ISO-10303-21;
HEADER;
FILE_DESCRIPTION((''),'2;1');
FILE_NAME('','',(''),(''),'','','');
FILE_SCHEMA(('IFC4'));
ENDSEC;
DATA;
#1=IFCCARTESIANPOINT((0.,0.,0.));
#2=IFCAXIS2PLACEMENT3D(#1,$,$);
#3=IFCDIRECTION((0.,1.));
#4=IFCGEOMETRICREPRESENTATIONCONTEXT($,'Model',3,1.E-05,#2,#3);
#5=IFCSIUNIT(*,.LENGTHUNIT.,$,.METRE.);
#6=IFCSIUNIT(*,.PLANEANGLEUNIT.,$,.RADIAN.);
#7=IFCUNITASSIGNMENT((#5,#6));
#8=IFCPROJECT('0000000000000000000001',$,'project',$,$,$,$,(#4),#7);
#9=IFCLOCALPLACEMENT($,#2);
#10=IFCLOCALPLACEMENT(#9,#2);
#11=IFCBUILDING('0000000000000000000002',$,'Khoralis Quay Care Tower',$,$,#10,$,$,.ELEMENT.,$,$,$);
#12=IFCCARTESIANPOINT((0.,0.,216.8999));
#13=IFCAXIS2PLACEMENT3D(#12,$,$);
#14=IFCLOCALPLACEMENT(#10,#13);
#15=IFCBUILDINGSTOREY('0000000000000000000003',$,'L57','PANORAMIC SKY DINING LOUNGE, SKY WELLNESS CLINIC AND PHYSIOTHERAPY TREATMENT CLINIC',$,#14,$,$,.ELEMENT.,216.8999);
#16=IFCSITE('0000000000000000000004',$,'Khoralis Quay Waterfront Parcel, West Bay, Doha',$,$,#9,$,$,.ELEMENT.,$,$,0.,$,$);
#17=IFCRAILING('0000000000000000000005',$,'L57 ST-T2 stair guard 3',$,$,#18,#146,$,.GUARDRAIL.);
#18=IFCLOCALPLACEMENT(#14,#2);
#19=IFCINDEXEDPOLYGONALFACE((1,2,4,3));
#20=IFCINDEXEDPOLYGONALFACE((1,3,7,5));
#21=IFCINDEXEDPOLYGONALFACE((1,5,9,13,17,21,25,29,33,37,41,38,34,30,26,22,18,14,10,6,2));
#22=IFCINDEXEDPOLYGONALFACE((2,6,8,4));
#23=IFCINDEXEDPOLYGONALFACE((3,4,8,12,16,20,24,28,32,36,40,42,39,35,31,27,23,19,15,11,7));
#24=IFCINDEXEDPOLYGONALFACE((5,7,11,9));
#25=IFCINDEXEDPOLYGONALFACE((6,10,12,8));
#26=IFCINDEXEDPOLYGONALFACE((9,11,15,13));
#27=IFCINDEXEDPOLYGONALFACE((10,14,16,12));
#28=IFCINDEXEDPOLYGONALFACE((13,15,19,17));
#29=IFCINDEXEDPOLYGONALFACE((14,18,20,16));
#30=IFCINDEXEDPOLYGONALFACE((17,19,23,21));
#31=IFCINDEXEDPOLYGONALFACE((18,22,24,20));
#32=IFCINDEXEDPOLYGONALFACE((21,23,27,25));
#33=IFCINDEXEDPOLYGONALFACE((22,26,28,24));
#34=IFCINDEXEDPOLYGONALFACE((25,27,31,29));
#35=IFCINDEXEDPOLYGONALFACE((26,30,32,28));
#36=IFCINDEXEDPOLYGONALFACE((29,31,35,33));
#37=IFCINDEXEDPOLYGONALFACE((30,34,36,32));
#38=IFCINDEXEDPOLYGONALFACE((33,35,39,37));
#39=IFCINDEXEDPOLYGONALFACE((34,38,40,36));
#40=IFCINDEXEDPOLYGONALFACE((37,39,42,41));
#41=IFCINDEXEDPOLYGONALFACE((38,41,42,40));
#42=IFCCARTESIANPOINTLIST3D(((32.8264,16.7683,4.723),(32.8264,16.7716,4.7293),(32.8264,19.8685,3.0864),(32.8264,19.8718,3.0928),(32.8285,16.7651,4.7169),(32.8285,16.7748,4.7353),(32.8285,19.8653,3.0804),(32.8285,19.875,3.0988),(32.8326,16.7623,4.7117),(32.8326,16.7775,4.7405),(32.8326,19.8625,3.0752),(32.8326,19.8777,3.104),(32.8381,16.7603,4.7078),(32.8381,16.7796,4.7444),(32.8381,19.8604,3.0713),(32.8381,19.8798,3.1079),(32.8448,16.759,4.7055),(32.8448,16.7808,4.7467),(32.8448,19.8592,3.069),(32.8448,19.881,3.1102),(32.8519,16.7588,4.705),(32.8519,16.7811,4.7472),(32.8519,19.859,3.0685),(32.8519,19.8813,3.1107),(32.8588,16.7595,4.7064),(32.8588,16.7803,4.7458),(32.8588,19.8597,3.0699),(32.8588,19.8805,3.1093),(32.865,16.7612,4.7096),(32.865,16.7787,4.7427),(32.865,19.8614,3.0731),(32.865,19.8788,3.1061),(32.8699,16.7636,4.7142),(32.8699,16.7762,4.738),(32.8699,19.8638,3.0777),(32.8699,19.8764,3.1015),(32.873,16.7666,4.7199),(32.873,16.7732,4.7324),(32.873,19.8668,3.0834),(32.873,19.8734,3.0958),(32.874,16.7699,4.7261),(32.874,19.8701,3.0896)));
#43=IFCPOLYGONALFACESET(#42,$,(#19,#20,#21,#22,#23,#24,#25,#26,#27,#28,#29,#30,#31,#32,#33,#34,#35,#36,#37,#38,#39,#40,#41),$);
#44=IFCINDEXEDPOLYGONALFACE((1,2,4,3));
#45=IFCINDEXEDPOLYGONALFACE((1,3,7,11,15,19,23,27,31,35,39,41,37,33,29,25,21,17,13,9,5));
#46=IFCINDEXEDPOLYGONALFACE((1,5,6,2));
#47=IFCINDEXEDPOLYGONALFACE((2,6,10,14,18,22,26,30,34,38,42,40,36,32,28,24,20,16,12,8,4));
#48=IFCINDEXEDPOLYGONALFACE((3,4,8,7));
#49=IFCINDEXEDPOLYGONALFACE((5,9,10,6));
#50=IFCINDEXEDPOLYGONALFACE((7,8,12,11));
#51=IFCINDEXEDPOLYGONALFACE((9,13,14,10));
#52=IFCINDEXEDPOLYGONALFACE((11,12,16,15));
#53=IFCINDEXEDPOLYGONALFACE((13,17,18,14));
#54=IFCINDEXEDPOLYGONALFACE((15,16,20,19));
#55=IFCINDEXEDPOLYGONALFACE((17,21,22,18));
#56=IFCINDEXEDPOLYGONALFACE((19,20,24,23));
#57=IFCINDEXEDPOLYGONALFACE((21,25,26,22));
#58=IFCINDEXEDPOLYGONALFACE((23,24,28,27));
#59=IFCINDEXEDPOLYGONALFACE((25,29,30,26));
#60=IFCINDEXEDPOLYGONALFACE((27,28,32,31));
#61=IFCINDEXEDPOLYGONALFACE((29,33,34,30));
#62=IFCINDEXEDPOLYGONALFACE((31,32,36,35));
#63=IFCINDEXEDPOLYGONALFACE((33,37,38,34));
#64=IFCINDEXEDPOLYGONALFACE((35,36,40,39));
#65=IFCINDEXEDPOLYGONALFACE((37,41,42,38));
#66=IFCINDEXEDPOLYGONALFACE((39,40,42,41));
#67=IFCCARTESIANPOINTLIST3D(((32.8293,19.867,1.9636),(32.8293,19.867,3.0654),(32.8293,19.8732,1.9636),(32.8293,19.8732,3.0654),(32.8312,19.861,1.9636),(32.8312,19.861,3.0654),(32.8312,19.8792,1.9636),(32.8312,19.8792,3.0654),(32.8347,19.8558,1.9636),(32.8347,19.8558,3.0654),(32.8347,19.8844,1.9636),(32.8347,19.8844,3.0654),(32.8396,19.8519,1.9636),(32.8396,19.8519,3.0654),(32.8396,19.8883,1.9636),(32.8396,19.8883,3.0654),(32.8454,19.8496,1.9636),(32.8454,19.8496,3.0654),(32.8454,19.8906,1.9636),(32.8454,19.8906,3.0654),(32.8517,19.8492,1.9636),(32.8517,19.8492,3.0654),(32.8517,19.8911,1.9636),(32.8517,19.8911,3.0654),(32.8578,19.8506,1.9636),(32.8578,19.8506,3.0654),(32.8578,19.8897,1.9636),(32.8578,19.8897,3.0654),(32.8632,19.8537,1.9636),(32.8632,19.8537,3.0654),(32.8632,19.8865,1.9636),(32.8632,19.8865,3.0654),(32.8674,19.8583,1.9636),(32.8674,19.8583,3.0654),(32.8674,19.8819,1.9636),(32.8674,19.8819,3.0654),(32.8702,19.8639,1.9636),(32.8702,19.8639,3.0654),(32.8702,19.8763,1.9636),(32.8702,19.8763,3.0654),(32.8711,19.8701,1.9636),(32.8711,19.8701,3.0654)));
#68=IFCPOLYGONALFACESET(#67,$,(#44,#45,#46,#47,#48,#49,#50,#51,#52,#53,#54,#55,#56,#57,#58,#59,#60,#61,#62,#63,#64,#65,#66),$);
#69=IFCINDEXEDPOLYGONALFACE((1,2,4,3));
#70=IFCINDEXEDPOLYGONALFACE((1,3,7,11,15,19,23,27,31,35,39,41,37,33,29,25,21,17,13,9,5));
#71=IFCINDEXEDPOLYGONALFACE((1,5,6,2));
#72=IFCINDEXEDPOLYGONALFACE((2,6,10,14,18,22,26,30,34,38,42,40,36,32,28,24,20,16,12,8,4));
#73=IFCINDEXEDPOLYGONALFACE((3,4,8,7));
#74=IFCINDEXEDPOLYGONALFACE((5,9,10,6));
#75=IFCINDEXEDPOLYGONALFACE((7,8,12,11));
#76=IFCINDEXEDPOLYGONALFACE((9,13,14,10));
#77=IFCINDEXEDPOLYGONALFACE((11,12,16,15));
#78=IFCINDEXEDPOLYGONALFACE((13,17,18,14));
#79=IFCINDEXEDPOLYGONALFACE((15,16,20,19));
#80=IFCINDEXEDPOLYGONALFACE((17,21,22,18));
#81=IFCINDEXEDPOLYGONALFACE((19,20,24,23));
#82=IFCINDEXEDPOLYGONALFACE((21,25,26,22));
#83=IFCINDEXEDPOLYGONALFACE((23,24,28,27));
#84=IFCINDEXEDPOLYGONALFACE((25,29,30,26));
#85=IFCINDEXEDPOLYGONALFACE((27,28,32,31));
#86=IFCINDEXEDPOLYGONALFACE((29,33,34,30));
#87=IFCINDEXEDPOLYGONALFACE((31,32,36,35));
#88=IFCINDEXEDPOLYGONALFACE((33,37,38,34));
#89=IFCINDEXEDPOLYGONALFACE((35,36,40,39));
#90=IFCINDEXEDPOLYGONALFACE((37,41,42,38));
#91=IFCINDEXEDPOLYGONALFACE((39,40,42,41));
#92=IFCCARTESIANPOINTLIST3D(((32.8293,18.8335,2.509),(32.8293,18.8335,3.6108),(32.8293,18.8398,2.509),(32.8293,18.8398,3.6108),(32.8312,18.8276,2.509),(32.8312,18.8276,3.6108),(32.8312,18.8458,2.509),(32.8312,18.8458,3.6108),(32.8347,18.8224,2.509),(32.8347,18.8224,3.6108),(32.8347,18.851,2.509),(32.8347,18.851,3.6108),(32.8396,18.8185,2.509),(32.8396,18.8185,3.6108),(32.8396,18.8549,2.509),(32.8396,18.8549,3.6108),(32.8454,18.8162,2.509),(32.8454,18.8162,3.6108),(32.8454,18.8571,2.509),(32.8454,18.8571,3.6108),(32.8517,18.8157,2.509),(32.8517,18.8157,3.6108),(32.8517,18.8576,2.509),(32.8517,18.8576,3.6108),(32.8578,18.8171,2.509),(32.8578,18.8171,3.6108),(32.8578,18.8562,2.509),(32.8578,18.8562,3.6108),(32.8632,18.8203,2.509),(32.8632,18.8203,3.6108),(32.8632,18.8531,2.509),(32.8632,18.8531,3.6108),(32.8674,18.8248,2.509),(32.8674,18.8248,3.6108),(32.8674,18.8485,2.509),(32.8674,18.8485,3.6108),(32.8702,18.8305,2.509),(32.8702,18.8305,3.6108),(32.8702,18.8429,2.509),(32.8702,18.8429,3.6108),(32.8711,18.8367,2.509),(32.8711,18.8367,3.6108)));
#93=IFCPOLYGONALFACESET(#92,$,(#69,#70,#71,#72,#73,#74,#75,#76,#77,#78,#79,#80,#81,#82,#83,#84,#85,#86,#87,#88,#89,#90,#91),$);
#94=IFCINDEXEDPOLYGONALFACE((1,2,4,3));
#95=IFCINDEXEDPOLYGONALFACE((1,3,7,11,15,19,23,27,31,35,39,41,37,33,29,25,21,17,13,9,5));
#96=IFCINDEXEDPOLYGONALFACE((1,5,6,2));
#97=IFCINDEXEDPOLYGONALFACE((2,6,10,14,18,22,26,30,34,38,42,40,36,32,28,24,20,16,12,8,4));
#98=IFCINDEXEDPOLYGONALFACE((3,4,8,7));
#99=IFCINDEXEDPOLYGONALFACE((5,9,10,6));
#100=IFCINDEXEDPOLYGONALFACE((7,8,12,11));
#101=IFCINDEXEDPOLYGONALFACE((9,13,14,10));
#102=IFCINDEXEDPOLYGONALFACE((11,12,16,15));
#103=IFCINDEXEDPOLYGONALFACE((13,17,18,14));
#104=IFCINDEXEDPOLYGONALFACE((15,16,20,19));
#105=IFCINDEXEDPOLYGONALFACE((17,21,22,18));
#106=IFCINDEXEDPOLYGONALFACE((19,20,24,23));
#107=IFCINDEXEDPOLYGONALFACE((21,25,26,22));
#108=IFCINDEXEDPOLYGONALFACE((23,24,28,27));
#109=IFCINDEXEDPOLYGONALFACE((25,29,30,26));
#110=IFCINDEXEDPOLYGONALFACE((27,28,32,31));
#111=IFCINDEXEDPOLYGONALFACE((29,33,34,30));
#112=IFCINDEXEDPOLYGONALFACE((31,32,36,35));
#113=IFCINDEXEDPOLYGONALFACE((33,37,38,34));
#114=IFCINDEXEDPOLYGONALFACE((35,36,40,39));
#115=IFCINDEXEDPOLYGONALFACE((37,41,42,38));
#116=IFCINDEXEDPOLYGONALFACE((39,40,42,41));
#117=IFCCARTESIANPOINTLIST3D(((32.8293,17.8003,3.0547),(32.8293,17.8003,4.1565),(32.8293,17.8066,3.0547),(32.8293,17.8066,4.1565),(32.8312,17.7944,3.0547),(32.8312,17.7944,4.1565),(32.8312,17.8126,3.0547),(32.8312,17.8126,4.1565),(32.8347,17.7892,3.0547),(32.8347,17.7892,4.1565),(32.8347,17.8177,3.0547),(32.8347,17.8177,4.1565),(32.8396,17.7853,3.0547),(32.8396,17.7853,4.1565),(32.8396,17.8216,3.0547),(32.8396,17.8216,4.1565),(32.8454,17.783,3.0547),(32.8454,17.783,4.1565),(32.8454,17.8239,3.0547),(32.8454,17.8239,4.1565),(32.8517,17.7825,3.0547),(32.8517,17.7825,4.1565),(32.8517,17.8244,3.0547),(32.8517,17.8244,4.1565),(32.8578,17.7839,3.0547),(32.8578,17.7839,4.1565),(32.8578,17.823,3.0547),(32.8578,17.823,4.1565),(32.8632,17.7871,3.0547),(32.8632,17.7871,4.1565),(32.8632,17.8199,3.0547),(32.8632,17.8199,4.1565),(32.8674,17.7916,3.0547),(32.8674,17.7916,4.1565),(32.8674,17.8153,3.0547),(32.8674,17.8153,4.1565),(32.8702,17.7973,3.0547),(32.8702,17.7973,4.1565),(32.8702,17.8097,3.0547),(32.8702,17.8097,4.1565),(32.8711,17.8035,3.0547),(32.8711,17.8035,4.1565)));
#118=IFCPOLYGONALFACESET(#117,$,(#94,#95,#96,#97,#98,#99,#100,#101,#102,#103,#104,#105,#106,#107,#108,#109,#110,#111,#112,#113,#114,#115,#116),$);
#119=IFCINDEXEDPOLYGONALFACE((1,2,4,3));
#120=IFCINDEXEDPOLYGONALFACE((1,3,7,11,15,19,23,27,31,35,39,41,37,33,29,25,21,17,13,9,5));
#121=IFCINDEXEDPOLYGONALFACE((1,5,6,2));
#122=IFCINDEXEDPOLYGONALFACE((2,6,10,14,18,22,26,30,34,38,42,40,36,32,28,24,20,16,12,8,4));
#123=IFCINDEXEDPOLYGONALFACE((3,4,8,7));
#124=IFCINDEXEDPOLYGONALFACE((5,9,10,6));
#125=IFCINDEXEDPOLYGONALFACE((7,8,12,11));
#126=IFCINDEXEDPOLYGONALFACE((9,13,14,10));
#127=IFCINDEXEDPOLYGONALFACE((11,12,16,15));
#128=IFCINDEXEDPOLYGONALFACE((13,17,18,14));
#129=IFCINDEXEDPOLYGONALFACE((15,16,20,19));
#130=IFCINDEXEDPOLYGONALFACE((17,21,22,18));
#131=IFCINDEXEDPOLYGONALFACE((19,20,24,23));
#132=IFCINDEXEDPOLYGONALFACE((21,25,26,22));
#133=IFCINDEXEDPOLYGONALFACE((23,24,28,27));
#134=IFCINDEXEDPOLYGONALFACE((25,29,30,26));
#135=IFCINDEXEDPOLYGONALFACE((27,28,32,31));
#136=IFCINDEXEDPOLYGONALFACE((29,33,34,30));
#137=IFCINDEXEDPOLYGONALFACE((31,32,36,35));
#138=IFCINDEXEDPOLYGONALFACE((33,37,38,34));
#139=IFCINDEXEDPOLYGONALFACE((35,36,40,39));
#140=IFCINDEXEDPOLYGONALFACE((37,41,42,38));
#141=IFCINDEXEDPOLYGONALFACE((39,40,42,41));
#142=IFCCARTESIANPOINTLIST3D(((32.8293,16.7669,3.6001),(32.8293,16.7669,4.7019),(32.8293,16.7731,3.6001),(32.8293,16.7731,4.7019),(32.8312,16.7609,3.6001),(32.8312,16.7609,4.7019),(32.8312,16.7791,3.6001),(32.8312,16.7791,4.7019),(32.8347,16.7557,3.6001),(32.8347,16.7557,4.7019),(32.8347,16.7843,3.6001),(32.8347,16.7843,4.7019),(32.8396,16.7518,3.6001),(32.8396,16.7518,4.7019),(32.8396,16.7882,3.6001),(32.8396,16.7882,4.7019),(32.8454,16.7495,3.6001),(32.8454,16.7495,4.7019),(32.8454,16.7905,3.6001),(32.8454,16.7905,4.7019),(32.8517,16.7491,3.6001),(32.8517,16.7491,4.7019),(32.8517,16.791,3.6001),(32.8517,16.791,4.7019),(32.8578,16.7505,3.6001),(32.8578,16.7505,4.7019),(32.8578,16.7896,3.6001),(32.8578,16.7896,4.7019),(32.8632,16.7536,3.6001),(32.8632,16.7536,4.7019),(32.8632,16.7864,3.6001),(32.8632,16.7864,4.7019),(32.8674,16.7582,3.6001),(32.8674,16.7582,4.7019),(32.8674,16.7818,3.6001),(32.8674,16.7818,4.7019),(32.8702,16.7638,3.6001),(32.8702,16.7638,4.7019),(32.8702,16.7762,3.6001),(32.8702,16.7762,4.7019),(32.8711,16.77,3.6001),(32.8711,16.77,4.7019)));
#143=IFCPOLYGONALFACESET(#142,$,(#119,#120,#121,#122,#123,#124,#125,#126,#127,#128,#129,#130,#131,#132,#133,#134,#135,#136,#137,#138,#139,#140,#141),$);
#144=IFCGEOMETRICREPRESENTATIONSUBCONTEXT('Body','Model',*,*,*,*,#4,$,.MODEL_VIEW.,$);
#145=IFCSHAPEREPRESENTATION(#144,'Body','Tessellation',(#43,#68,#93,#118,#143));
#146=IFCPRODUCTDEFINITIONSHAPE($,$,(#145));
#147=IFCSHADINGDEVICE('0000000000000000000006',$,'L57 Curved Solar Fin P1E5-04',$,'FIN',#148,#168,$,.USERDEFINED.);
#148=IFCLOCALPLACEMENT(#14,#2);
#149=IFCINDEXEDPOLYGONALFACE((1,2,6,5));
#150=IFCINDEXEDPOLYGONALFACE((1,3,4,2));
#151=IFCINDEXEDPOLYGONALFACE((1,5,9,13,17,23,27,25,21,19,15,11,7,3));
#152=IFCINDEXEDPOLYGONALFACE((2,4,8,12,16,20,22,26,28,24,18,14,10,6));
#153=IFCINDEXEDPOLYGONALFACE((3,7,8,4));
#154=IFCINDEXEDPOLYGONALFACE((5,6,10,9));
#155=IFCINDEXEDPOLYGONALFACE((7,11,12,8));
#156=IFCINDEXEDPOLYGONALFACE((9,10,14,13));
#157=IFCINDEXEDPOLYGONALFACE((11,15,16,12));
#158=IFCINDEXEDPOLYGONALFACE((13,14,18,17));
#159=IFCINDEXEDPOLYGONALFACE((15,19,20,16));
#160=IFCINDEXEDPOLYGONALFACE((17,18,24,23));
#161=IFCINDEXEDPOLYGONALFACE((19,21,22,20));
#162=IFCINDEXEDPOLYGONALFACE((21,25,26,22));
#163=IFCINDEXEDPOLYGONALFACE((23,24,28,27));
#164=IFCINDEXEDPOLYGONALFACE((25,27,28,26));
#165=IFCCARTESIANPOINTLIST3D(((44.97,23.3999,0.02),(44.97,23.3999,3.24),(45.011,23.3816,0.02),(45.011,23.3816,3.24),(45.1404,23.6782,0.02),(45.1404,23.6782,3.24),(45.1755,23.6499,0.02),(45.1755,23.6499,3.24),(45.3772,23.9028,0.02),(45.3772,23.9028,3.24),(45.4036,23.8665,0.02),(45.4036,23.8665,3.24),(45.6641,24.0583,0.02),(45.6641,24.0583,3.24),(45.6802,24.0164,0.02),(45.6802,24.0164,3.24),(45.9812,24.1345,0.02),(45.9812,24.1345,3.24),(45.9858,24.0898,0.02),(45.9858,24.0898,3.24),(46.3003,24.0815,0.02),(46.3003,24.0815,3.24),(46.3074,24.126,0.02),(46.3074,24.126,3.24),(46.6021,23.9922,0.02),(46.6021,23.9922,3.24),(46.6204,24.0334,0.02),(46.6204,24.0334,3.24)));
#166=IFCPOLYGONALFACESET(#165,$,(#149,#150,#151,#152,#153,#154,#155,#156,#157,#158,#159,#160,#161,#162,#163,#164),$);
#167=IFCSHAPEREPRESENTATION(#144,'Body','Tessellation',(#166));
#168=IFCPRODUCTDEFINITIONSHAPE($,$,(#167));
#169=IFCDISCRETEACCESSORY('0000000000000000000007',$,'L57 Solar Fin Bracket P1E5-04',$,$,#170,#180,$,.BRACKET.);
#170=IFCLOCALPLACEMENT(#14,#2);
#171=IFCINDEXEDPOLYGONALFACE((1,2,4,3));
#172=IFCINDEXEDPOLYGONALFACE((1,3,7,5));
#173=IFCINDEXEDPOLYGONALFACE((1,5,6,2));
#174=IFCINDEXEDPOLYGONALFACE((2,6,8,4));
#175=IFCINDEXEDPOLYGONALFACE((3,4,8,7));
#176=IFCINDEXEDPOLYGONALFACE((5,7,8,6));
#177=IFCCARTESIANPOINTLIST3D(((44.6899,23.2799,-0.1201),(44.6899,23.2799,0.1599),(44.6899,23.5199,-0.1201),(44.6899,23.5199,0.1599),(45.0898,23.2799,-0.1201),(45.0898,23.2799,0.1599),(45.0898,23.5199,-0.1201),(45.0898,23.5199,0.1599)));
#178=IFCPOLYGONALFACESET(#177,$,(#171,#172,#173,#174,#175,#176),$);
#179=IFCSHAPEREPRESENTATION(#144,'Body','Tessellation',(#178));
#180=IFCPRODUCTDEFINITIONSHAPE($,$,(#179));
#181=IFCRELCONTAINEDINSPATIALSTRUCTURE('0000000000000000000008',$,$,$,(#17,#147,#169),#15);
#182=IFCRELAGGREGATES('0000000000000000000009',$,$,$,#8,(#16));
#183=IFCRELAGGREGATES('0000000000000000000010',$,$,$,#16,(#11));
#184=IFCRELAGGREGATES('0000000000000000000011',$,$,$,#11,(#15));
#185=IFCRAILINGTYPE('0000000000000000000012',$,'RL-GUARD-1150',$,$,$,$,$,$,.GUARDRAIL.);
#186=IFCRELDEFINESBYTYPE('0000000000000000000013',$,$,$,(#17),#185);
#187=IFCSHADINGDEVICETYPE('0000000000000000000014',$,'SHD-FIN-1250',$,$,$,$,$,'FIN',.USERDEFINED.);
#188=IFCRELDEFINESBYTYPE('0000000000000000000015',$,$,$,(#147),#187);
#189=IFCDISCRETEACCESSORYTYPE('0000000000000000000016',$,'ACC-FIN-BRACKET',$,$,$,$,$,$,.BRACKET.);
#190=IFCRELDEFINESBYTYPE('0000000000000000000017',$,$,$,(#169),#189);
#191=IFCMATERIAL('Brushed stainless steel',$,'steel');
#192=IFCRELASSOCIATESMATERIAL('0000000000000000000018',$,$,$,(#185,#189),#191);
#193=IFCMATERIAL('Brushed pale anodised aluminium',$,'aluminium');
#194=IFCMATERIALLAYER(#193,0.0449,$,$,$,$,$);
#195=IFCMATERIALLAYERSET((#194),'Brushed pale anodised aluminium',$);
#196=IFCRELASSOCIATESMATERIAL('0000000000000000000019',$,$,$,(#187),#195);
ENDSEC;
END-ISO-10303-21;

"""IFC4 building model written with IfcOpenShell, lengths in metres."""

from ifc_helpers import new_model, si_unit, direction, frame, origin, origin_2d, place, context, subcontext, project, spatial, polyline, rectangle, circle, outline, extrude, source, transform, mapped, material, layer, layer_set, type_object, element, save


model = new_model("IFC4")

# Units and contexts
model_context = context("Model", 3, precision=1e-05, world=origin(), true_north=direction((0.0, 1.0)))
body_context = subcontext(model_context, "Body", "Model", "MODEL_VIEW")
ifc_project = project(units=[si_unit("LENGTHUNIT", "METRE"), si_unit("PLANEANGLEUNIT", "RADIAN")], contexts=[model_context])

# Site, building, storey
site_placement = place(None, origin())
site = spatial("IfcSite", under=ifc_project, at=site_placement, Name="Khoralis Quay Waterfront Parcel, West Bay, Doha", CompositionType="ELEMENT", RefElevation=0.0)
building_placement = place(site_placement, origin())
building = spatial("IfcBuilding", under=site, at=building_placement, Name="Khoralis Quay Care Tower", CompositionType="ELEMENT")
storey_placement = place(building_placement, frame((0.0, 0.0, 216.8999)))
storey = spatial("IfcBuildingStorey", under=building, at=storey_placement, Name="L57", Description="PANORAMIC SKY DINING LOUNGE, SKY WELLNESS CLINIC AND PHYSIOTHERAPY TREATMENT CLINIC", CompositionType="ELEMENT", Elevation=216.8999)

# Railing
ifc_material_1 = material(Name="Brushed stainless steel", Category="steel")
railing_type = type_object("IfcRailingType", Name="RL-GUARD-1150", PredefinedType="GUARDRAIL", material=ifc_material_1)
railing_1_placement = place(storey_placement, frame((32.8501, 19.8701, 1.9636)))
element("IfcRailing", 1, at=railing_1_placement, inside=storey, type_object=railing_type, Name="L57 ST-T2 stair guard 3", PredefinedType="GUARDRAIL", context=body_context, shape_type="SweptSolid", body=[
    extrude(circle(Radius=0.0239, at=origin_2d()), frame((0.0, 0.0, 1.126), z_axis=(0.0, -0.884348, 0.466828), x_axis=(1.0, 0.0, 0.0)), (0.0, 0.0, 1.0), 3.5056),
    extrude(circle(Radius=0.021, at=origin_2d()), origin(), (0.0, 0.0, 1.0), 1.1018),
    extrude(circle(Radius=0.021, at=origin_2d()), frame((0.0, -1.0334, 0.5454)), (0.0, 0.0, 1.0), 1.1018),
    extrude(circle(Radius=0.021, at=origin_2d()), frame((0.0, -2.0667, 1.0911)), (0.0, 0.0, 1.0), 1.1018),
    extrude(circle(Radius=0.021, at=origin_2d()), frame((0.0, -3.1001, 1.6365)), (0.0, 0.0, 1.0), 1.1018),
])

# Shading device
ifc_material_2 = material(Name="Brushed pale anodised aluminium", Category="aluminium")
ifc_layer_1 = layer(ifc_material_2, 0.0449)
ifc_layer_set_1 = layer_set([ifc_layer_1], Name="Brushed pale anodised aluminium")
shading_device_type = type_object("IfcShadingDeviceType", Name="SHD-FIN-1250", ElementType="FIN", PredefinedType="USERDEFINED", material=ifc_layer_set_1)
shared_shape_1 = source(origin(), body_context, "Body", "SweptSolid", [
    extrude(outline(polyline([(0.0, 0.0), (0.1704, 0.2783), (0.4072, 0.5029), (0.6941, 0.6584), (1.0112, 0.7346), (1.3374, 0.7261), (1.6504, 0.6335), (1.6321, 0.5923), (1.3303, 0.6816), (1.0159, 0.6899), (0.7102, 0.6165), (0.4336, 0.4666), (0.2056, 0.25), (0.041, -0.0183), (0.0, 0.0)])), origin(), (0.0, 0.0, 1.0), 3.22),
])
shading_device_placement = place(storey_placement, frame((44.97, 23.3999, 0.02), z_axis=(0.0, 0.0, 1.0), x_axis=(1.0, 0.0, 0.0)))
element("IfcShadingDevice", 2, at=shading_device_placement, inside=storey, type_object=shading_device_type, Name="L57 Curved Solar Fin P1E5-04", ObjectType="FIN", PredefinedType="USERDEFINED", context=body_context, shape_type="MappedRepresentation", body=[
    mapped(shared_shape_1, transform((0.0, 0.0, 0.0), scale=1.0)),
])

# Discrete accessory
discrete_accessory_type = type_object("IfcDiscreteAccessoryType", Name="ACC-FIN-BRACKET", PredefinedType="BRACKET", material=ifc_material_1)
shared_shape_2 = source(origin(), body_context, "Body", "SweptSolid", [
    extrude(rectangle(XDim=0.3999, YDim=0.24, at=origin_2d()), origin(), (0.0, 0.0, 1.0), 0.28),
])
discrete_accessory_placement = place(storey_placement, frame((44.8899, 23.3999, -0.1201), z_axis=(0.0, 0.0, 1.0), x_axis=(1.0, 0.0, 0.0)))
element("IfcDiscreteAccessory", 3, at=discrete_accessory_placement, inside=storey, type_object=discrete_accessory_type, Name="L57 Solar Fin Bracket P1E5-04", PredefinedType="BRACKET", context=body_context, shape_type="MappedRepresentation", body=[
    mapped(shared_shape_2, transform((0.0, 0.0, 0.0), scale=1.0)),
])

save(model, "model.ifc")
